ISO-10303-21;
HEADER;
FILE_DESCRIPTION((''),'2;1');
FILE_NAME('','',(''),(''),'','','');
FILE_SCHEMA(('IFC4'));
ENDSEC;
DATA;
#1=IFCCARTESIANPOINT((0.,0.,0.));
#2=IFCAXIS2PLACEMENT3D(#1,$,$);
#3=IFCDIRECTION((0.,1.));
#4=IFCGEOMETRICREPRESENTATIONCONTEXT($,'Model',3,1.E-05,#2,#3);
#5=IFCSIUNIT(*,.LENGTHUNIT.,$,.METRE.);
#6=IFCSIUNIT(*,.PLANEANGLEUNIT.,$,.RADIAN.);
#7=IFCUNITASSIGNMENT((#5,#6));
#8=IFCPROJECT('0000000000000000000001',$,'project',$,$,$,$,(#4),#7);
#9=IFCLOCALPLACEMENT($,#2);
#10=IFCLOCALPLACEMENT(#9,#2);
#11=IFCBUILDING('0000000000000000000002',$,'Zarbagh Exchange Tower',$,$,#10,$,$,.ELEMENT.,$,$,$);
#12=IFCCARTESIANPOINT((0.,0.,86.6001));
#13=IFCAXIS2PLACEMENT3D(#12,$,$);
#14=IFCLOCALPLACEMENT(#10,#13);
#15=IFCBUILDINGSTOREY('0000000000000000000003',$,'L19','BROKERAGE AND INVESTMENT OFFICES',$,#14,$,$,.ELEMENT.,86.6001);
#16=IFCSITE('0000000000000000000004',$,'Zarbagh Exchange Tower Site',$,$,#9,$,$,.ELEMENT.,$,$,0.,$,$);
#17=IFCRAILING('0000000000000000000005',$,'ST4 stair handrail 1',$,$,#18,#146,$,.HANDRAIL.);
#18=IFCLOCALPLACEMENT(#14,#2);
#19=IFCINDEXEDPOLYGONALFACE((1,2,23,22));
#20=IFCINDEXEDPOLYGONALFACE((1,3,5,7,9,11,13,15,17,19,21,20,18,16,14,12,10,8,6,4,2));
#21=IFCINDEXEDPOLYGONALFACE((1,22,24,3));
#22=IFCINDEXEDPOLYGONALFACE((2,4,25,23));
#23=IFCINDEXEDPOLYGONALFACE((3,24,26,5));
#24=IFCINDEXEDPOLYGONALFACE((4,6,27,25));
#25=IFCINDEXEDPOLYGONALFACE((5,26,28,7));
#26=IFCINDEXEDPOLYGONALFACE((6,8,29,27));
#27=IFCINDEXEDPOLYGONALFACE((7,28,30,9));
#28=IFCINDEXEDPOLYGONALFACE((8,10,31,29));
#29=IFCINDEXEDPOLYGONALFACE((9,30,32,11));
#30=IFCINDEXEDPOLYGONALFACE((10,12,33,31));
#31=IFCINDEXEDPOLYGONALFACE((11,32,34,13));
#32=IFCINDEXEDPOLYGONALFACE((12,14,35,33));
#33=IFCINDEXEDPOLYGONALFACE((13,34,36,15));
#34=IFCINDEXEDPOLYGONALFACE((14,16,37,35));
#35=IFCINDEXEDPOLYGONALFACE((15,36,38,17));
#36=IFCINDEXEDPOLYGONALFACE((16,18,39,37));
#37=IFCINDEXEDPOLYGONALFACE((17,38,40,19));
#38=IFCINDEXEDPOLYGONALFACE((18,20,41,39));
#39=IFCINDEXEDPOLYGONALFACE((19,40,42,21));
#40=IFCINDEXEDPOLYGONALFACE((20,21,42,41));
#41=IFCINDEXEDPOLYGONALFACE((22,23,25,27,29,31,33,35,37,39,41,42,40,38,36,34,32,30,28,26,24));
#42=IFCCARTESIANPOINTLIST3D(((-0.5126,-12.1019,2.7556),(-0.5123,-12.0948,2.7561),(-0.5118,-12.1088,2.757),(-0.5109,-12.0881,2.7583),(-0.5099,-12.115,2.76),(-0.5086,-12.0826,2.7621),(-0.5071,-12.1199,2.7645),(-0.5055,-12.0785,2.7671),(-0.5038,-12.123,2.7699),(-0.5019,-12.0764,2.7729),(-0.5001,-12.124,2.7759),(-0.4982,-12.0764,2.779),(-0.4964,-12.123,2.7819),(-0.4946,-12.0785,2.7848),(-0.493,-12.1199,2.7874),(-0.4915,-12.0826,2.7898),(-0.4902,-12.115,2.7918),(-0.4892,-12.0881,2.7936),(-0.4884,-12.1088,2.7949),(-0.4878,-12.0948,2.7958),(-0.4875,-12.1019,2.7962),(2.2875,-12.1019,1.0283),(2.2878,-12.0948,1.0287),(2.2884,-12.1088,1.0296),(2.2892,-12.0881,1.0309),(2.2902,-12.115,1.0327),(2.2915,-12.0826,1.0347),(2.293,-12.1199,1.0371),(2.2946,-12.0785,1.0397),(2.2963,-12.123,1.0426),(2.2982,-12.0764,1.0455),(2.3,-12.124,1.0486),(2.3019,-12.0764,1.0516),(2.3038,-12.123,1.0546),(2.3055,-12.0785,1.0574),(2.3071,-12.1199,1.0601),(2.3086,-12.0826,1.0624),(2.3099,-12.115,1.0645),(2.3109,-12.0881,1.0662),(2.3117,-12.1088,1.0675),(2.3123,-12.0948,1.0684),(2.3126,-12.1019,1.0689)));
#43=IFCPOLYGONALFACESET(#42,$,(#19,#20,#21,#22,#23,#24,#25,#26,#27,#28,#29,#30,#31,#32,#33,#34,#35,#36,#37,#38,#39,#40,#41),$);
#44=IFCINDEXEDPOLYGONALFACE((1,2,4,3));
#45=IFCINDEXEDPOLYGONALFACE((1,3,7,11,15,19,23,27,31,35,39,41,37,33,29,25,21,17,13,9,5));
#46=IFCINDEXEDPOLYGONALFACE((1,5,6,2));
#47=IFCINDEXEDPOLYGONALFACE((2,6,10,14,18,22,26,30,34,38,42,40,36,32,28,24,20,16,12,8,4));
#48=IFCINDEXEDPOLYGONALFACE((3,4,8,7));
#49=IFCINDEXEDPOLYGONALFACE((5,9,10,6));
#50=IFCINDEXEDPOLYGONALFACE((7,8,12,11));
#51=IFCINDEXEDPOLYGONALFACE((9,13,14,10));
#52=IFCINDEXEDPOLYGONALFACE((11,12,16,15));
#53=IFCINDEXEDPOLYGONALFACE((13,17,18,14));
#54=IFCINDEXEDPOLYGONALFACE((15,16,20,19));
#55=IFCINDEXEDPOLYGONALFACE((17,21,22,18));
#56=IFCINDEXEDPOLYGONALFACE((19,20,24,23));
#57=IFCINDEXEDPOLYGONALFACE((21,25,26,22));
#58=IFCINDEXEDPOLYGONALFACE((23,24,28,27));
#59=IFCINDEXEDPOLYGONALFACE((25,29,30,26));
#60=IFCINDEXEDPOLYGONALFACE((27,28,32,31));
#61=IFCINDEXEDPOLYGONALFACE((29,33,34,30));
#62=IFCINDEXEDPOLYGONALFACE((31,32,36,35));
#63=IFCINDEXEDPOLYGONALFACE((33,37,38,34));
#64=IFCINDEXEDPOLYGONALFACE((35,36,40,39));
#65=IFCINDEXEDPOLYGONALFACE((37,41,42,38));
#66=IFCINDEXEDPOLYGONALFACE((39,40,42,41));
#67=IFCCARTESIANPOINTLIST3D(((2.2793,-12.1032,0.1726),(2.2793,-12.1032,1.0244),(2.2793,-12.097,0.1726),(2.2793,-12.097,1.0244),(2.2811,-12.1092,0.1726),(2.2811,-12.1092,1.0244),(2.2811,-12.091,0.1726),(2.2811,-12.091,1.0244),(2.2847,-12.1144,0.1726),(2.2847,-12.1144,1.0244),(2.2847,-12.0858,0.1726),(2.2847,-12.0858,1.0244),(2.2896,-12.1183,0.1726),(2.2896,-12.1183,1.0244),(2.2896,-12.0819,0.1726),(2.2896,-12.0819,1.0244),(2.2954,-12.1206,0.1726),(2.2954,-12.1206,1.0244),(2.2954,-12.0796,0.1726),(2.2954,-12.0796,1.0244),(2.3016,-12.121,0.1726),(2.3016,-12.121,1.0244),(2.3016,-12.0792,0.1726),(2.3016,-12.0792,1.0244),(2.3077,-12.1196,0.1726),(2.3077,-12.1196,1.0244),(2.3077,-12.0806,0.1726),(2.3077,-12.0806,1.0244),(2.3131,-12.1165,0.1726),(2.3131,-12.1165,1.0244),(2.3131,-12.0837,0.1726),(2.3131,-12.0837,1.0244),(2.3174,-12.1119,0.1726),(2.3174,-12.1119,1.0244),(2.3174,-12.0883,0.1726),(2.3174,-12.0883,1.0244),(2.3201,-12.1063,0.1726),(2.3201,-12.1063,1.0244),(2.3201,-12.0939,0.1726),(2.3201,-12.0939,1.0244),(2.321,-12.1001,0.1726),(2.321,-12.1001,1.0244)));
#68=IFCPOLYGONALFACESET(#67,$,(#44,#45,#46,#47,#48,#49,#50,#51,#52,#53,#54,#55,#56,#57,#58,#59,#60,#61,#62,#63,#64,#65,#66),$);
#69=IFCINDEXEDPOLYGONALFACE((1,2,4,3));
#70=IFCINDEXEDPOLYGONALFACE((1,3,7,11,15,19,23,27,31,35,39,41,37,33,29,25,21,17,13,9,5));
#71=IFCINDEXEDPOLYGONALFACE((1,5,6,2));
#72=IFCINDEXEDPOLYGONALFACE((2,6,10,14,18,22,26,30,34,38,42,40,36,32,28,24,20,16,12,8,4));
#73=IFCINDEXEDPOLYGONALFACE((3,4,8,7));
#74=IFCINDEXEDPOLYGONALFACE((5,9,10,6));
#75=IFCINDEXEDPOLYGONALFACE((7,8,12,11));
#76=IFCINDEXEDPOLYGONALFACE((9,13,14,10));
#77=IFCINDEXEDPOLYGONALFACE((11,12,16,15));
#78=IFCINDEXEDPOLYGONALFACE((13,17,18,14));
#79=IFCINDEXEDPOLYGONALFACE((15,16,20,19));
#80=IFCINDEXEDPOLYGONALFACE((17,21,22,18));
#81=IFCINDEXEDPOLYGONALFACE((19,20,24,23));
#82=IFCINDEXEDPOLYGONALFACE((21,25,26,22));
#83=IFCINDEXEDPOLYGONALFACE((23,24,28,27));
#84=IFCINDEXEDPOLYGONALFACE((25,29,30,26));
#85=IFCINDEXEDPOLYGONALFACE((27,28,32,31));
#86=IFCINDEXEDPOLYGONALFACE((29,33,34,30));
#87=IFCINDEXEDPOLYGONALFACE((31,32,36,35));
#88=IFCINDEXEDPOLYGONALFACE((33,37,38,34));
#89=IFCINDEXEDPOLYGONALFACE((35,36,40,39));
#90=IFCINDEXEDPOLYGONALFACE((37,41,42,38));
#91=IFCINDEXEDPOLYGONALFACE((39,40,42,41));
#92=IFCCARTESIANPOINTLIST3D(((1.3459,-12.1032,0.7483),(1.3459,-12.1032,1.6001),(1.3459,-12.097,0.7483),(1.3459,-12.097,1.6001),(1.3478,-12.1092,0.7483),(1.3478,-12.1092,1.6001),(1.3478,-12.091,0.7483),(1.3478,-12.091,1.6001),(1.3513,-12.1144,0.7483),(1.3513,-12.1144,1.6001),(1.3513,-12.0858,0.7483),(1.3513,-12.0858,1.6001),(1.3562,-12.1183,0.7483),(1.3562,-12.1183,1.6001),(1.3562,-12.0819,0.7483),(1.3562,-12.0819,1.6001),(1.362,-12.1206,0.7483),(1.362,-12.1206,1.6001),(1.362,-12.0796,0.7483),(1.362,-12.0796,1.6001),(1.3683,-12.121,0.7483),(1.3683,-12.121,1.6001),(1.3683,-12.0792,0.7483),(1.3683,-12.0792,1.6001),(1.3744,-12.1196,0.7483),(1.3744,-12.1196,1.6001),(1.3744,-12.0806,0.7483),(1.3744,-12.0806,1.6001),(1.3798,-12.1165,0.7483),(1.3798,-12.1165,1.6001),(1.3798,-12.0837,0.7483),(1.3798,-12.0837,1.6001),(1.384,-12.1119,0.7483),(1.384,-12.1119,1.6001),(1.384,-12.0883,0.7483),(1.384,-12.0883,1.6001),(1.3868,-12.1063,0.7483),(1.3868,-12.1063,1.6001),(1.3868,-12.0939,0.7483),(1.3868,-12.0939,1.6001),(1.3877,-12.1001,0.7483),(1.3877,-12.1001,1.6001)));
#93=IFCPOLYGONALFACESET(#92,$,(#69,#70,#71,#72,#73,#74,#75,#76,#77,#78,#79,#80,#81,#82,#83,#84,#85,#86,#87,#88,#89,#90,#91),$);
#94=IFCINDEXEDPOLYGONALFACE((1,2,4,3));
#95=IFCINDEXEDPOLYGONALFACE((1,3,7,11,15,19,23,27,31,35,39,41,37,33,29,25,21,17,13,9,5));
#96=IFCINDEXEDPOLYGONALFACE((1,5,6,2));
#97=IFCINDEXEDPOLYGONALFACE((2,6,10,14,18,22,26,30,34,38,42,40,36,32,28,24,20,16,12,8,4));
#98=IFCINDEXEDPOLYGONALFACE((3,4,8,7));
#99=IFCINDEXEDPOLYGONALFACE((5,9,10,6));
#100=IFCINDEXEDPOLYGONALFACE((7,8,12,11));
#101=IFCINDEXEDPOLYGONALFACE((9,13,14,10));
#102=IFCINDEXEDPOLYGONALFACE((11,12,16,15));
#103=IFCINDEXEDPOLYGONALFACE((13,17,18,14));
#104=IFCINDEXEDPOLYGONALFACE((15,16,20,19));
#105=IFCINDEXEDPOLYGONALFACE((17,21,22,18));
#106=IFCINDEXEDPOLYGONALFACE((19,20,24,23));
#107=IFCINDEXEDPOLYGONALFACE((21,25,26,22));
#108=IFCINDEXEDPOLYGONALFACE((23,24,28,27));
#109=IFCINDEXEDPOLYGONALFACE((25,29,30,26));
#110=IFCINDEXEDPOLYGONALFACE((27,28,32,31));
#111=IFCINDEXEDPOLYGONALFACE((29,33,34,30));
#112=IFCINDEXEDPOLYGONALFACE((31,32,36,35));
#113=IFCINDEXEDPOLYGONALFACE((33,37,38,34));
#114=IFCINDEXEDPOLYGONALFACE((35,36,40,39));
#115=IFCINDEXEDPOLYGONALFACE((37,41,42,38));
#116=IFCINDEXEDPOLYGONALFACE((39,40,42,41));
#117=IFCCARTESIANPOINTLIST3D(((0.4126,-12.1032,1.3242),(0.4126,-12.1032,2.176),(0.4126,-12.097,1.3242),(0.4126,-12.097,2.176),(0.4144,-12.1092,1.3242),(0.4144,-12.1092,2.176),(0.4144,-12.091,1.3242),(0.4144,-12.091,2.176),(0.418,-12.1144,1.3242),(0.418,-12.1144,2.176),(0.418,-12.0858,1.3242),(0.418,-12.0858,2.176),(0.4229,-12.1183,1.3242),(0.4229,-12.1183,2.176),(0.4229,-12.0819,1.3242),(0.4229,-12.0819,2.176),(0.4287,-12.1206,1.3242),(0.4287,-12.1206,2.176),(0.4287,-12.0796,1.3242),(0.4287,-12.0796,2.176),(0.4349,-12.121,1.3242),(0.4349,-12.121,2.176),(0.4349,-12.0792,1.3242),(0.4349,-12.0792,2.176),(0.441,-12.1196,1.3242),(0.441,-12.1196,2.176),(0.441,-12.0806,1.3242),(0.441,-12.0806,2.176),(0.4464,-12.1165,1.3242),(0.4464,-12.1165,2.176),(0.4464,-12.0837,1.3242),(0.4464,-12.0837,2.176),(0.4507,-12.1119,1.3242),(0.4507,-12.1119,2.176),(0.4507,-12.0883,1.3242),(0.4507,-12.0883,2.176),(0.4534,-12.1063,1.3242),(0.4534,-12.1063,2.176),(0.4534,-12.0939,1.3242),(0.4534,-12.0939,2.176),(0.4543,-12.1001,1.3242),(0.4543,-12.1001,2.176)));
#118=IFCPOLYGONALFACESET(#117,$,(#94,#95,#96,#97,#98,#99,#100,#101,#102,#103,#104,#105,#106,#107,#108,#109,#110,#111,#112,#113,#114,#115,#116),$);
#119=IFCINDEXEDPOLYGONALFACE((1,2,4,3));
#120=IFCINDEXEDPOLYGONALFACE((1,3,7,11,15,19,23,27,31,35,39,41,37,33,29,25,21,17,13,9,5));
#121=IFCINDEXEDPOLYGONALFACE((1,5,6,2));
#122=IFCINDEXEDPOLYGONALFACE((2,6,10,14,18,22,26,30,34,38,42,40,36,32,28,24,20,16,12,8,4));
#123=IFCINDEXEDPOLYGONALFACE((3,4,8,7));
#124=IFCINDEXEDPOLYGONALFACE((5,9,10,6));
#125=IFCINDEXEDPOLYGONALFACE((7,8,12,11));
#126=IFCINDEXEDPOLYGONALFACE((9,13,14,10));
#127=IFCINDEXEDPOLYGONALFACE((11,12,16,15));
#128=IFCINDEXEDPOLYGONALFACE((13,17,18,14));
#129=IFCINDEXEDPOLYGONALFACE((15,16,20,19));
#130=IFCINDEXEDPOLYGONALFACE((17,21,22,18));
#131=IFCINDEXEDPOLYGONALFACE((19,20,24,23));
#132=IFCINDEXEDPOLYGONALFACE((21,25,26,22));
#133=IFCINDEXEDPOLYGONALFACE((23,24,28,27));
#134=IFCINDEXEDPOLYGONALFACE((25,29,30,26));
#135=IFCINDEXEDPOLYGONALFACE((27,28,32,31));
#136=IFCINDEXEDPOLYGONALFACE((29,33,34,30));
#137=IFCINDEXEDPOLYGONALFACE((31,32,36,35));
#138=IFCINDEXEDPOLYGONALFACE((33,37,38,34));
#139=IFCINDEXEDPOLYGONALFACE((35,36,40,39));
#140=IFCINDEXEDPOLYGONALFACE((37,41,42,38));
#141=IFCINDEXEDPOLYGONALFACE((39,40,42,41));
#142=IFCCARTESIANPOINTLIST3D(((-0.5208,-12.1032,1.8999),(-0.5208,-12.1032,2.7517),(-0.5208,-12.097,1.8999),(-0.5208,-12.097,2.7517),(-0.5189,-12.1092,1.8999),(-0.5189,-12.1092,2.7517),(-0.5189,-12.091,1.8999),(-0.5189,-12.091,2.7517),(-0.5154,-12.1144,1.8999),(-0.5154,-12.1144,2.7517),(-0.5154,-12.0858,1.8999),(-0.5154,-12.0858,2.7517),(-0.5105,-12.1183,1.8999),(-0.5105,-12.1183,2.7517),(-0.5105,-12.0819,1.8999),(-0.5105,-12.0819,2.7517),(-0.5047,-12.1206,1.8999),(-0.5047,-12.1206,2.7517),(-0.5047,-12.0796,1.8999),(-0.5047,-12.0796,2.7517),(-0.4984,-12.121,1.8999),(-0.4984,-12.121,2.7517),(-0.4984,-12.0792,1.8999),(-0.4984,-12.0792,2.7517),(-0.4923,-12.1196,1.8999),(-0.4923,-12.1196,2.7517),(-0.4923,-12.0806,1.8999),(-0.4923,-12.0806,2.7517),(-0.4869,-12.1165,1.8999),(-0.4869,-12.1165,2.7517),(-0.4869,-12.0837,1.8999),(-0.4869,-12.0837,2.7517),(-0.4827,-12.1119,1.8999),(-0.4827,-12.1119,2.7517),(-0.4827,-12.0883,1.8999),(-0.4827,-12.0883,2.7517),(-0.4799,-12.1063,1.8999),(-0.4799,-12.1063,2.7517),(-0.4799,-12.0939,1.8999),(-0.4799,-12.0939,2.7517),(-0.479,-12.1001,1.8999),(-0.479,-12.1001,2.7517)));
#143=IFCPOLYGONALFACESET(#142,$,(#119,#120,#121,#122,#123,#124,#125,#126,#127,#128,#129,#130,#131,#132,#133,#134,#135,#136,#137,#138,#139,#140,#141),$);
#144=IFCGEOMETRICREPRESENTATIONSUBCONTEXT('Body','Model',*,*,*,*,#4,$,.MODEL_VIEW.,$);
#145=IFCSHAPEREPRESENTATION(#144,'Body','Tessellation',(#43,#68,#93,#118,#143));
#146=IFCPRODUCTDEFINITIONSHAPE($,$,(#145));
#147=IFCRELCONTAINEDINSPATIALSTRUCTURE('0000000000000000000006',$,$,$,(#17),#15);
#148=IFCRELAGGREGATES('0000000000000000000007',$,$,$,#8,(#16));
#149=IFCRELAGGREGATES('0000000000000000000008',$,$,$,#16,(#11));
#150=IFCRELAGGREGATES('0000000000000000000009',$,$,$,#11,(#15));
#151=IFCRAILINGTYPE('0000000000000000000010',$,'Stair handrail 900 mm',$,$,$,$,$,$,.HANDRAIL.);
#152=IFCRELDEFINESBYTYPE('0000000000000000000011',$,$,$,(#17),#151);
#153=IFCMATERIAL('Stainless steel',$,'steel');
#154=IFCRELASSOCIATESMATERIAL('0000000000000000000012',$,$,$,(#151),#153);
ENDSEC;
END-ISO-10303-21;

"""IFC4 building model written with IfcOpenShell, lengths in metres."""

from ifc_helpers import new_model, si_unit, direction, frame, origin, origin_2d, place, context, subcontext, project, spatial, circle, extrude, material, type_object, element, save


model = new_model("IFC4")

# Units and contexts
model_context = context("Model", 3, precision=1e-05, world=origin(), true_north=direction((0.0, 1.0)))
body_context = subcontext(model_context, "Body", "Model", "MODEL_VIEW")
ifc_project = project(units=[si_unit("LENGTHUNIT", "METRE"), si_unit("PLANEANGLEUNIT", "RADIAN")], contexts=[model_context])

# Site, building, storey
site_placement = place(None, origin())
site = spatial("IfcSite", under=ifc_project, at=site_placement, Name="Zarbagh Exchange Tower Site", CompositionType="ELEMENT", RefElevation=0.0)
building_placement = place(site_placement, origin())
building = spatial("IfcBuilding", under=site, at=building_placement, Name="Zarbagh Exchange Tower", CompositionType="ELEMENT")
storey_placement = place(building_placement, frame((0.0, 0.0, 86.6001)))
storey = spatial("IfcBuildingStorey", under=building, at=storey_placement, Name="L19", Description="BROKERAGE AND INVESTMENT OFFICES", CompositionType="ELEMENT", Elevation=86.6001)

# Railing
ifc_material_1 = material(Name="Stainless steel", Category="steel")
railing_type_1 = type_object("IfcRailingType", Name="Stair handrail 900 mm", PredefinedType="HANDRAIL", material=ifc_material_1)
for number, where, name in (
    (1, (2.3, -12.1001, 0.1726), "ST4 stair handrail 1"),
):
    element("IfcRailing", number, at=place(storey_placement, frame(where)), inside=storey, type_object=railing_type_1, Name=name, PredefinedType="HANDRAIL", context=body_context, shape_type="SweptSolid", body=[
        extrude(circle(Radius=0.0239, at=origin_2d()), frame((0.0, 0.0, 0.876), z_axis=(-0.85109, 0.0, 0.52502), x_axis=(0.0, -1.0, 0.0)), (0.0, 0.0, 1.0), 3.29),
        extrude(circle(Radius=0.021, at=origin_2d()), origin(), (0.0, 0.0, 1.0), 0.8518),
        extrude(circle(Radius=0.021, at=origin_2d()), frame((-0.9333, 0.0, 0.5757)), (0.0, 0.0, 1.0), 0.8518),
        extrude(circle(Radius=0.021, at=origin_2d()), frame((-1.8667, 0.0, 1.1516)), (0.0, 0.0, 1.0), 0.8518),
        extrude(circle(Radius=0.021, at=origin_2d()), frame((-2.8, 0.0, 1.7273)), (0.0, 0.0, 1.0), 0.8518),
    ])

save(model, "model.ifc")
